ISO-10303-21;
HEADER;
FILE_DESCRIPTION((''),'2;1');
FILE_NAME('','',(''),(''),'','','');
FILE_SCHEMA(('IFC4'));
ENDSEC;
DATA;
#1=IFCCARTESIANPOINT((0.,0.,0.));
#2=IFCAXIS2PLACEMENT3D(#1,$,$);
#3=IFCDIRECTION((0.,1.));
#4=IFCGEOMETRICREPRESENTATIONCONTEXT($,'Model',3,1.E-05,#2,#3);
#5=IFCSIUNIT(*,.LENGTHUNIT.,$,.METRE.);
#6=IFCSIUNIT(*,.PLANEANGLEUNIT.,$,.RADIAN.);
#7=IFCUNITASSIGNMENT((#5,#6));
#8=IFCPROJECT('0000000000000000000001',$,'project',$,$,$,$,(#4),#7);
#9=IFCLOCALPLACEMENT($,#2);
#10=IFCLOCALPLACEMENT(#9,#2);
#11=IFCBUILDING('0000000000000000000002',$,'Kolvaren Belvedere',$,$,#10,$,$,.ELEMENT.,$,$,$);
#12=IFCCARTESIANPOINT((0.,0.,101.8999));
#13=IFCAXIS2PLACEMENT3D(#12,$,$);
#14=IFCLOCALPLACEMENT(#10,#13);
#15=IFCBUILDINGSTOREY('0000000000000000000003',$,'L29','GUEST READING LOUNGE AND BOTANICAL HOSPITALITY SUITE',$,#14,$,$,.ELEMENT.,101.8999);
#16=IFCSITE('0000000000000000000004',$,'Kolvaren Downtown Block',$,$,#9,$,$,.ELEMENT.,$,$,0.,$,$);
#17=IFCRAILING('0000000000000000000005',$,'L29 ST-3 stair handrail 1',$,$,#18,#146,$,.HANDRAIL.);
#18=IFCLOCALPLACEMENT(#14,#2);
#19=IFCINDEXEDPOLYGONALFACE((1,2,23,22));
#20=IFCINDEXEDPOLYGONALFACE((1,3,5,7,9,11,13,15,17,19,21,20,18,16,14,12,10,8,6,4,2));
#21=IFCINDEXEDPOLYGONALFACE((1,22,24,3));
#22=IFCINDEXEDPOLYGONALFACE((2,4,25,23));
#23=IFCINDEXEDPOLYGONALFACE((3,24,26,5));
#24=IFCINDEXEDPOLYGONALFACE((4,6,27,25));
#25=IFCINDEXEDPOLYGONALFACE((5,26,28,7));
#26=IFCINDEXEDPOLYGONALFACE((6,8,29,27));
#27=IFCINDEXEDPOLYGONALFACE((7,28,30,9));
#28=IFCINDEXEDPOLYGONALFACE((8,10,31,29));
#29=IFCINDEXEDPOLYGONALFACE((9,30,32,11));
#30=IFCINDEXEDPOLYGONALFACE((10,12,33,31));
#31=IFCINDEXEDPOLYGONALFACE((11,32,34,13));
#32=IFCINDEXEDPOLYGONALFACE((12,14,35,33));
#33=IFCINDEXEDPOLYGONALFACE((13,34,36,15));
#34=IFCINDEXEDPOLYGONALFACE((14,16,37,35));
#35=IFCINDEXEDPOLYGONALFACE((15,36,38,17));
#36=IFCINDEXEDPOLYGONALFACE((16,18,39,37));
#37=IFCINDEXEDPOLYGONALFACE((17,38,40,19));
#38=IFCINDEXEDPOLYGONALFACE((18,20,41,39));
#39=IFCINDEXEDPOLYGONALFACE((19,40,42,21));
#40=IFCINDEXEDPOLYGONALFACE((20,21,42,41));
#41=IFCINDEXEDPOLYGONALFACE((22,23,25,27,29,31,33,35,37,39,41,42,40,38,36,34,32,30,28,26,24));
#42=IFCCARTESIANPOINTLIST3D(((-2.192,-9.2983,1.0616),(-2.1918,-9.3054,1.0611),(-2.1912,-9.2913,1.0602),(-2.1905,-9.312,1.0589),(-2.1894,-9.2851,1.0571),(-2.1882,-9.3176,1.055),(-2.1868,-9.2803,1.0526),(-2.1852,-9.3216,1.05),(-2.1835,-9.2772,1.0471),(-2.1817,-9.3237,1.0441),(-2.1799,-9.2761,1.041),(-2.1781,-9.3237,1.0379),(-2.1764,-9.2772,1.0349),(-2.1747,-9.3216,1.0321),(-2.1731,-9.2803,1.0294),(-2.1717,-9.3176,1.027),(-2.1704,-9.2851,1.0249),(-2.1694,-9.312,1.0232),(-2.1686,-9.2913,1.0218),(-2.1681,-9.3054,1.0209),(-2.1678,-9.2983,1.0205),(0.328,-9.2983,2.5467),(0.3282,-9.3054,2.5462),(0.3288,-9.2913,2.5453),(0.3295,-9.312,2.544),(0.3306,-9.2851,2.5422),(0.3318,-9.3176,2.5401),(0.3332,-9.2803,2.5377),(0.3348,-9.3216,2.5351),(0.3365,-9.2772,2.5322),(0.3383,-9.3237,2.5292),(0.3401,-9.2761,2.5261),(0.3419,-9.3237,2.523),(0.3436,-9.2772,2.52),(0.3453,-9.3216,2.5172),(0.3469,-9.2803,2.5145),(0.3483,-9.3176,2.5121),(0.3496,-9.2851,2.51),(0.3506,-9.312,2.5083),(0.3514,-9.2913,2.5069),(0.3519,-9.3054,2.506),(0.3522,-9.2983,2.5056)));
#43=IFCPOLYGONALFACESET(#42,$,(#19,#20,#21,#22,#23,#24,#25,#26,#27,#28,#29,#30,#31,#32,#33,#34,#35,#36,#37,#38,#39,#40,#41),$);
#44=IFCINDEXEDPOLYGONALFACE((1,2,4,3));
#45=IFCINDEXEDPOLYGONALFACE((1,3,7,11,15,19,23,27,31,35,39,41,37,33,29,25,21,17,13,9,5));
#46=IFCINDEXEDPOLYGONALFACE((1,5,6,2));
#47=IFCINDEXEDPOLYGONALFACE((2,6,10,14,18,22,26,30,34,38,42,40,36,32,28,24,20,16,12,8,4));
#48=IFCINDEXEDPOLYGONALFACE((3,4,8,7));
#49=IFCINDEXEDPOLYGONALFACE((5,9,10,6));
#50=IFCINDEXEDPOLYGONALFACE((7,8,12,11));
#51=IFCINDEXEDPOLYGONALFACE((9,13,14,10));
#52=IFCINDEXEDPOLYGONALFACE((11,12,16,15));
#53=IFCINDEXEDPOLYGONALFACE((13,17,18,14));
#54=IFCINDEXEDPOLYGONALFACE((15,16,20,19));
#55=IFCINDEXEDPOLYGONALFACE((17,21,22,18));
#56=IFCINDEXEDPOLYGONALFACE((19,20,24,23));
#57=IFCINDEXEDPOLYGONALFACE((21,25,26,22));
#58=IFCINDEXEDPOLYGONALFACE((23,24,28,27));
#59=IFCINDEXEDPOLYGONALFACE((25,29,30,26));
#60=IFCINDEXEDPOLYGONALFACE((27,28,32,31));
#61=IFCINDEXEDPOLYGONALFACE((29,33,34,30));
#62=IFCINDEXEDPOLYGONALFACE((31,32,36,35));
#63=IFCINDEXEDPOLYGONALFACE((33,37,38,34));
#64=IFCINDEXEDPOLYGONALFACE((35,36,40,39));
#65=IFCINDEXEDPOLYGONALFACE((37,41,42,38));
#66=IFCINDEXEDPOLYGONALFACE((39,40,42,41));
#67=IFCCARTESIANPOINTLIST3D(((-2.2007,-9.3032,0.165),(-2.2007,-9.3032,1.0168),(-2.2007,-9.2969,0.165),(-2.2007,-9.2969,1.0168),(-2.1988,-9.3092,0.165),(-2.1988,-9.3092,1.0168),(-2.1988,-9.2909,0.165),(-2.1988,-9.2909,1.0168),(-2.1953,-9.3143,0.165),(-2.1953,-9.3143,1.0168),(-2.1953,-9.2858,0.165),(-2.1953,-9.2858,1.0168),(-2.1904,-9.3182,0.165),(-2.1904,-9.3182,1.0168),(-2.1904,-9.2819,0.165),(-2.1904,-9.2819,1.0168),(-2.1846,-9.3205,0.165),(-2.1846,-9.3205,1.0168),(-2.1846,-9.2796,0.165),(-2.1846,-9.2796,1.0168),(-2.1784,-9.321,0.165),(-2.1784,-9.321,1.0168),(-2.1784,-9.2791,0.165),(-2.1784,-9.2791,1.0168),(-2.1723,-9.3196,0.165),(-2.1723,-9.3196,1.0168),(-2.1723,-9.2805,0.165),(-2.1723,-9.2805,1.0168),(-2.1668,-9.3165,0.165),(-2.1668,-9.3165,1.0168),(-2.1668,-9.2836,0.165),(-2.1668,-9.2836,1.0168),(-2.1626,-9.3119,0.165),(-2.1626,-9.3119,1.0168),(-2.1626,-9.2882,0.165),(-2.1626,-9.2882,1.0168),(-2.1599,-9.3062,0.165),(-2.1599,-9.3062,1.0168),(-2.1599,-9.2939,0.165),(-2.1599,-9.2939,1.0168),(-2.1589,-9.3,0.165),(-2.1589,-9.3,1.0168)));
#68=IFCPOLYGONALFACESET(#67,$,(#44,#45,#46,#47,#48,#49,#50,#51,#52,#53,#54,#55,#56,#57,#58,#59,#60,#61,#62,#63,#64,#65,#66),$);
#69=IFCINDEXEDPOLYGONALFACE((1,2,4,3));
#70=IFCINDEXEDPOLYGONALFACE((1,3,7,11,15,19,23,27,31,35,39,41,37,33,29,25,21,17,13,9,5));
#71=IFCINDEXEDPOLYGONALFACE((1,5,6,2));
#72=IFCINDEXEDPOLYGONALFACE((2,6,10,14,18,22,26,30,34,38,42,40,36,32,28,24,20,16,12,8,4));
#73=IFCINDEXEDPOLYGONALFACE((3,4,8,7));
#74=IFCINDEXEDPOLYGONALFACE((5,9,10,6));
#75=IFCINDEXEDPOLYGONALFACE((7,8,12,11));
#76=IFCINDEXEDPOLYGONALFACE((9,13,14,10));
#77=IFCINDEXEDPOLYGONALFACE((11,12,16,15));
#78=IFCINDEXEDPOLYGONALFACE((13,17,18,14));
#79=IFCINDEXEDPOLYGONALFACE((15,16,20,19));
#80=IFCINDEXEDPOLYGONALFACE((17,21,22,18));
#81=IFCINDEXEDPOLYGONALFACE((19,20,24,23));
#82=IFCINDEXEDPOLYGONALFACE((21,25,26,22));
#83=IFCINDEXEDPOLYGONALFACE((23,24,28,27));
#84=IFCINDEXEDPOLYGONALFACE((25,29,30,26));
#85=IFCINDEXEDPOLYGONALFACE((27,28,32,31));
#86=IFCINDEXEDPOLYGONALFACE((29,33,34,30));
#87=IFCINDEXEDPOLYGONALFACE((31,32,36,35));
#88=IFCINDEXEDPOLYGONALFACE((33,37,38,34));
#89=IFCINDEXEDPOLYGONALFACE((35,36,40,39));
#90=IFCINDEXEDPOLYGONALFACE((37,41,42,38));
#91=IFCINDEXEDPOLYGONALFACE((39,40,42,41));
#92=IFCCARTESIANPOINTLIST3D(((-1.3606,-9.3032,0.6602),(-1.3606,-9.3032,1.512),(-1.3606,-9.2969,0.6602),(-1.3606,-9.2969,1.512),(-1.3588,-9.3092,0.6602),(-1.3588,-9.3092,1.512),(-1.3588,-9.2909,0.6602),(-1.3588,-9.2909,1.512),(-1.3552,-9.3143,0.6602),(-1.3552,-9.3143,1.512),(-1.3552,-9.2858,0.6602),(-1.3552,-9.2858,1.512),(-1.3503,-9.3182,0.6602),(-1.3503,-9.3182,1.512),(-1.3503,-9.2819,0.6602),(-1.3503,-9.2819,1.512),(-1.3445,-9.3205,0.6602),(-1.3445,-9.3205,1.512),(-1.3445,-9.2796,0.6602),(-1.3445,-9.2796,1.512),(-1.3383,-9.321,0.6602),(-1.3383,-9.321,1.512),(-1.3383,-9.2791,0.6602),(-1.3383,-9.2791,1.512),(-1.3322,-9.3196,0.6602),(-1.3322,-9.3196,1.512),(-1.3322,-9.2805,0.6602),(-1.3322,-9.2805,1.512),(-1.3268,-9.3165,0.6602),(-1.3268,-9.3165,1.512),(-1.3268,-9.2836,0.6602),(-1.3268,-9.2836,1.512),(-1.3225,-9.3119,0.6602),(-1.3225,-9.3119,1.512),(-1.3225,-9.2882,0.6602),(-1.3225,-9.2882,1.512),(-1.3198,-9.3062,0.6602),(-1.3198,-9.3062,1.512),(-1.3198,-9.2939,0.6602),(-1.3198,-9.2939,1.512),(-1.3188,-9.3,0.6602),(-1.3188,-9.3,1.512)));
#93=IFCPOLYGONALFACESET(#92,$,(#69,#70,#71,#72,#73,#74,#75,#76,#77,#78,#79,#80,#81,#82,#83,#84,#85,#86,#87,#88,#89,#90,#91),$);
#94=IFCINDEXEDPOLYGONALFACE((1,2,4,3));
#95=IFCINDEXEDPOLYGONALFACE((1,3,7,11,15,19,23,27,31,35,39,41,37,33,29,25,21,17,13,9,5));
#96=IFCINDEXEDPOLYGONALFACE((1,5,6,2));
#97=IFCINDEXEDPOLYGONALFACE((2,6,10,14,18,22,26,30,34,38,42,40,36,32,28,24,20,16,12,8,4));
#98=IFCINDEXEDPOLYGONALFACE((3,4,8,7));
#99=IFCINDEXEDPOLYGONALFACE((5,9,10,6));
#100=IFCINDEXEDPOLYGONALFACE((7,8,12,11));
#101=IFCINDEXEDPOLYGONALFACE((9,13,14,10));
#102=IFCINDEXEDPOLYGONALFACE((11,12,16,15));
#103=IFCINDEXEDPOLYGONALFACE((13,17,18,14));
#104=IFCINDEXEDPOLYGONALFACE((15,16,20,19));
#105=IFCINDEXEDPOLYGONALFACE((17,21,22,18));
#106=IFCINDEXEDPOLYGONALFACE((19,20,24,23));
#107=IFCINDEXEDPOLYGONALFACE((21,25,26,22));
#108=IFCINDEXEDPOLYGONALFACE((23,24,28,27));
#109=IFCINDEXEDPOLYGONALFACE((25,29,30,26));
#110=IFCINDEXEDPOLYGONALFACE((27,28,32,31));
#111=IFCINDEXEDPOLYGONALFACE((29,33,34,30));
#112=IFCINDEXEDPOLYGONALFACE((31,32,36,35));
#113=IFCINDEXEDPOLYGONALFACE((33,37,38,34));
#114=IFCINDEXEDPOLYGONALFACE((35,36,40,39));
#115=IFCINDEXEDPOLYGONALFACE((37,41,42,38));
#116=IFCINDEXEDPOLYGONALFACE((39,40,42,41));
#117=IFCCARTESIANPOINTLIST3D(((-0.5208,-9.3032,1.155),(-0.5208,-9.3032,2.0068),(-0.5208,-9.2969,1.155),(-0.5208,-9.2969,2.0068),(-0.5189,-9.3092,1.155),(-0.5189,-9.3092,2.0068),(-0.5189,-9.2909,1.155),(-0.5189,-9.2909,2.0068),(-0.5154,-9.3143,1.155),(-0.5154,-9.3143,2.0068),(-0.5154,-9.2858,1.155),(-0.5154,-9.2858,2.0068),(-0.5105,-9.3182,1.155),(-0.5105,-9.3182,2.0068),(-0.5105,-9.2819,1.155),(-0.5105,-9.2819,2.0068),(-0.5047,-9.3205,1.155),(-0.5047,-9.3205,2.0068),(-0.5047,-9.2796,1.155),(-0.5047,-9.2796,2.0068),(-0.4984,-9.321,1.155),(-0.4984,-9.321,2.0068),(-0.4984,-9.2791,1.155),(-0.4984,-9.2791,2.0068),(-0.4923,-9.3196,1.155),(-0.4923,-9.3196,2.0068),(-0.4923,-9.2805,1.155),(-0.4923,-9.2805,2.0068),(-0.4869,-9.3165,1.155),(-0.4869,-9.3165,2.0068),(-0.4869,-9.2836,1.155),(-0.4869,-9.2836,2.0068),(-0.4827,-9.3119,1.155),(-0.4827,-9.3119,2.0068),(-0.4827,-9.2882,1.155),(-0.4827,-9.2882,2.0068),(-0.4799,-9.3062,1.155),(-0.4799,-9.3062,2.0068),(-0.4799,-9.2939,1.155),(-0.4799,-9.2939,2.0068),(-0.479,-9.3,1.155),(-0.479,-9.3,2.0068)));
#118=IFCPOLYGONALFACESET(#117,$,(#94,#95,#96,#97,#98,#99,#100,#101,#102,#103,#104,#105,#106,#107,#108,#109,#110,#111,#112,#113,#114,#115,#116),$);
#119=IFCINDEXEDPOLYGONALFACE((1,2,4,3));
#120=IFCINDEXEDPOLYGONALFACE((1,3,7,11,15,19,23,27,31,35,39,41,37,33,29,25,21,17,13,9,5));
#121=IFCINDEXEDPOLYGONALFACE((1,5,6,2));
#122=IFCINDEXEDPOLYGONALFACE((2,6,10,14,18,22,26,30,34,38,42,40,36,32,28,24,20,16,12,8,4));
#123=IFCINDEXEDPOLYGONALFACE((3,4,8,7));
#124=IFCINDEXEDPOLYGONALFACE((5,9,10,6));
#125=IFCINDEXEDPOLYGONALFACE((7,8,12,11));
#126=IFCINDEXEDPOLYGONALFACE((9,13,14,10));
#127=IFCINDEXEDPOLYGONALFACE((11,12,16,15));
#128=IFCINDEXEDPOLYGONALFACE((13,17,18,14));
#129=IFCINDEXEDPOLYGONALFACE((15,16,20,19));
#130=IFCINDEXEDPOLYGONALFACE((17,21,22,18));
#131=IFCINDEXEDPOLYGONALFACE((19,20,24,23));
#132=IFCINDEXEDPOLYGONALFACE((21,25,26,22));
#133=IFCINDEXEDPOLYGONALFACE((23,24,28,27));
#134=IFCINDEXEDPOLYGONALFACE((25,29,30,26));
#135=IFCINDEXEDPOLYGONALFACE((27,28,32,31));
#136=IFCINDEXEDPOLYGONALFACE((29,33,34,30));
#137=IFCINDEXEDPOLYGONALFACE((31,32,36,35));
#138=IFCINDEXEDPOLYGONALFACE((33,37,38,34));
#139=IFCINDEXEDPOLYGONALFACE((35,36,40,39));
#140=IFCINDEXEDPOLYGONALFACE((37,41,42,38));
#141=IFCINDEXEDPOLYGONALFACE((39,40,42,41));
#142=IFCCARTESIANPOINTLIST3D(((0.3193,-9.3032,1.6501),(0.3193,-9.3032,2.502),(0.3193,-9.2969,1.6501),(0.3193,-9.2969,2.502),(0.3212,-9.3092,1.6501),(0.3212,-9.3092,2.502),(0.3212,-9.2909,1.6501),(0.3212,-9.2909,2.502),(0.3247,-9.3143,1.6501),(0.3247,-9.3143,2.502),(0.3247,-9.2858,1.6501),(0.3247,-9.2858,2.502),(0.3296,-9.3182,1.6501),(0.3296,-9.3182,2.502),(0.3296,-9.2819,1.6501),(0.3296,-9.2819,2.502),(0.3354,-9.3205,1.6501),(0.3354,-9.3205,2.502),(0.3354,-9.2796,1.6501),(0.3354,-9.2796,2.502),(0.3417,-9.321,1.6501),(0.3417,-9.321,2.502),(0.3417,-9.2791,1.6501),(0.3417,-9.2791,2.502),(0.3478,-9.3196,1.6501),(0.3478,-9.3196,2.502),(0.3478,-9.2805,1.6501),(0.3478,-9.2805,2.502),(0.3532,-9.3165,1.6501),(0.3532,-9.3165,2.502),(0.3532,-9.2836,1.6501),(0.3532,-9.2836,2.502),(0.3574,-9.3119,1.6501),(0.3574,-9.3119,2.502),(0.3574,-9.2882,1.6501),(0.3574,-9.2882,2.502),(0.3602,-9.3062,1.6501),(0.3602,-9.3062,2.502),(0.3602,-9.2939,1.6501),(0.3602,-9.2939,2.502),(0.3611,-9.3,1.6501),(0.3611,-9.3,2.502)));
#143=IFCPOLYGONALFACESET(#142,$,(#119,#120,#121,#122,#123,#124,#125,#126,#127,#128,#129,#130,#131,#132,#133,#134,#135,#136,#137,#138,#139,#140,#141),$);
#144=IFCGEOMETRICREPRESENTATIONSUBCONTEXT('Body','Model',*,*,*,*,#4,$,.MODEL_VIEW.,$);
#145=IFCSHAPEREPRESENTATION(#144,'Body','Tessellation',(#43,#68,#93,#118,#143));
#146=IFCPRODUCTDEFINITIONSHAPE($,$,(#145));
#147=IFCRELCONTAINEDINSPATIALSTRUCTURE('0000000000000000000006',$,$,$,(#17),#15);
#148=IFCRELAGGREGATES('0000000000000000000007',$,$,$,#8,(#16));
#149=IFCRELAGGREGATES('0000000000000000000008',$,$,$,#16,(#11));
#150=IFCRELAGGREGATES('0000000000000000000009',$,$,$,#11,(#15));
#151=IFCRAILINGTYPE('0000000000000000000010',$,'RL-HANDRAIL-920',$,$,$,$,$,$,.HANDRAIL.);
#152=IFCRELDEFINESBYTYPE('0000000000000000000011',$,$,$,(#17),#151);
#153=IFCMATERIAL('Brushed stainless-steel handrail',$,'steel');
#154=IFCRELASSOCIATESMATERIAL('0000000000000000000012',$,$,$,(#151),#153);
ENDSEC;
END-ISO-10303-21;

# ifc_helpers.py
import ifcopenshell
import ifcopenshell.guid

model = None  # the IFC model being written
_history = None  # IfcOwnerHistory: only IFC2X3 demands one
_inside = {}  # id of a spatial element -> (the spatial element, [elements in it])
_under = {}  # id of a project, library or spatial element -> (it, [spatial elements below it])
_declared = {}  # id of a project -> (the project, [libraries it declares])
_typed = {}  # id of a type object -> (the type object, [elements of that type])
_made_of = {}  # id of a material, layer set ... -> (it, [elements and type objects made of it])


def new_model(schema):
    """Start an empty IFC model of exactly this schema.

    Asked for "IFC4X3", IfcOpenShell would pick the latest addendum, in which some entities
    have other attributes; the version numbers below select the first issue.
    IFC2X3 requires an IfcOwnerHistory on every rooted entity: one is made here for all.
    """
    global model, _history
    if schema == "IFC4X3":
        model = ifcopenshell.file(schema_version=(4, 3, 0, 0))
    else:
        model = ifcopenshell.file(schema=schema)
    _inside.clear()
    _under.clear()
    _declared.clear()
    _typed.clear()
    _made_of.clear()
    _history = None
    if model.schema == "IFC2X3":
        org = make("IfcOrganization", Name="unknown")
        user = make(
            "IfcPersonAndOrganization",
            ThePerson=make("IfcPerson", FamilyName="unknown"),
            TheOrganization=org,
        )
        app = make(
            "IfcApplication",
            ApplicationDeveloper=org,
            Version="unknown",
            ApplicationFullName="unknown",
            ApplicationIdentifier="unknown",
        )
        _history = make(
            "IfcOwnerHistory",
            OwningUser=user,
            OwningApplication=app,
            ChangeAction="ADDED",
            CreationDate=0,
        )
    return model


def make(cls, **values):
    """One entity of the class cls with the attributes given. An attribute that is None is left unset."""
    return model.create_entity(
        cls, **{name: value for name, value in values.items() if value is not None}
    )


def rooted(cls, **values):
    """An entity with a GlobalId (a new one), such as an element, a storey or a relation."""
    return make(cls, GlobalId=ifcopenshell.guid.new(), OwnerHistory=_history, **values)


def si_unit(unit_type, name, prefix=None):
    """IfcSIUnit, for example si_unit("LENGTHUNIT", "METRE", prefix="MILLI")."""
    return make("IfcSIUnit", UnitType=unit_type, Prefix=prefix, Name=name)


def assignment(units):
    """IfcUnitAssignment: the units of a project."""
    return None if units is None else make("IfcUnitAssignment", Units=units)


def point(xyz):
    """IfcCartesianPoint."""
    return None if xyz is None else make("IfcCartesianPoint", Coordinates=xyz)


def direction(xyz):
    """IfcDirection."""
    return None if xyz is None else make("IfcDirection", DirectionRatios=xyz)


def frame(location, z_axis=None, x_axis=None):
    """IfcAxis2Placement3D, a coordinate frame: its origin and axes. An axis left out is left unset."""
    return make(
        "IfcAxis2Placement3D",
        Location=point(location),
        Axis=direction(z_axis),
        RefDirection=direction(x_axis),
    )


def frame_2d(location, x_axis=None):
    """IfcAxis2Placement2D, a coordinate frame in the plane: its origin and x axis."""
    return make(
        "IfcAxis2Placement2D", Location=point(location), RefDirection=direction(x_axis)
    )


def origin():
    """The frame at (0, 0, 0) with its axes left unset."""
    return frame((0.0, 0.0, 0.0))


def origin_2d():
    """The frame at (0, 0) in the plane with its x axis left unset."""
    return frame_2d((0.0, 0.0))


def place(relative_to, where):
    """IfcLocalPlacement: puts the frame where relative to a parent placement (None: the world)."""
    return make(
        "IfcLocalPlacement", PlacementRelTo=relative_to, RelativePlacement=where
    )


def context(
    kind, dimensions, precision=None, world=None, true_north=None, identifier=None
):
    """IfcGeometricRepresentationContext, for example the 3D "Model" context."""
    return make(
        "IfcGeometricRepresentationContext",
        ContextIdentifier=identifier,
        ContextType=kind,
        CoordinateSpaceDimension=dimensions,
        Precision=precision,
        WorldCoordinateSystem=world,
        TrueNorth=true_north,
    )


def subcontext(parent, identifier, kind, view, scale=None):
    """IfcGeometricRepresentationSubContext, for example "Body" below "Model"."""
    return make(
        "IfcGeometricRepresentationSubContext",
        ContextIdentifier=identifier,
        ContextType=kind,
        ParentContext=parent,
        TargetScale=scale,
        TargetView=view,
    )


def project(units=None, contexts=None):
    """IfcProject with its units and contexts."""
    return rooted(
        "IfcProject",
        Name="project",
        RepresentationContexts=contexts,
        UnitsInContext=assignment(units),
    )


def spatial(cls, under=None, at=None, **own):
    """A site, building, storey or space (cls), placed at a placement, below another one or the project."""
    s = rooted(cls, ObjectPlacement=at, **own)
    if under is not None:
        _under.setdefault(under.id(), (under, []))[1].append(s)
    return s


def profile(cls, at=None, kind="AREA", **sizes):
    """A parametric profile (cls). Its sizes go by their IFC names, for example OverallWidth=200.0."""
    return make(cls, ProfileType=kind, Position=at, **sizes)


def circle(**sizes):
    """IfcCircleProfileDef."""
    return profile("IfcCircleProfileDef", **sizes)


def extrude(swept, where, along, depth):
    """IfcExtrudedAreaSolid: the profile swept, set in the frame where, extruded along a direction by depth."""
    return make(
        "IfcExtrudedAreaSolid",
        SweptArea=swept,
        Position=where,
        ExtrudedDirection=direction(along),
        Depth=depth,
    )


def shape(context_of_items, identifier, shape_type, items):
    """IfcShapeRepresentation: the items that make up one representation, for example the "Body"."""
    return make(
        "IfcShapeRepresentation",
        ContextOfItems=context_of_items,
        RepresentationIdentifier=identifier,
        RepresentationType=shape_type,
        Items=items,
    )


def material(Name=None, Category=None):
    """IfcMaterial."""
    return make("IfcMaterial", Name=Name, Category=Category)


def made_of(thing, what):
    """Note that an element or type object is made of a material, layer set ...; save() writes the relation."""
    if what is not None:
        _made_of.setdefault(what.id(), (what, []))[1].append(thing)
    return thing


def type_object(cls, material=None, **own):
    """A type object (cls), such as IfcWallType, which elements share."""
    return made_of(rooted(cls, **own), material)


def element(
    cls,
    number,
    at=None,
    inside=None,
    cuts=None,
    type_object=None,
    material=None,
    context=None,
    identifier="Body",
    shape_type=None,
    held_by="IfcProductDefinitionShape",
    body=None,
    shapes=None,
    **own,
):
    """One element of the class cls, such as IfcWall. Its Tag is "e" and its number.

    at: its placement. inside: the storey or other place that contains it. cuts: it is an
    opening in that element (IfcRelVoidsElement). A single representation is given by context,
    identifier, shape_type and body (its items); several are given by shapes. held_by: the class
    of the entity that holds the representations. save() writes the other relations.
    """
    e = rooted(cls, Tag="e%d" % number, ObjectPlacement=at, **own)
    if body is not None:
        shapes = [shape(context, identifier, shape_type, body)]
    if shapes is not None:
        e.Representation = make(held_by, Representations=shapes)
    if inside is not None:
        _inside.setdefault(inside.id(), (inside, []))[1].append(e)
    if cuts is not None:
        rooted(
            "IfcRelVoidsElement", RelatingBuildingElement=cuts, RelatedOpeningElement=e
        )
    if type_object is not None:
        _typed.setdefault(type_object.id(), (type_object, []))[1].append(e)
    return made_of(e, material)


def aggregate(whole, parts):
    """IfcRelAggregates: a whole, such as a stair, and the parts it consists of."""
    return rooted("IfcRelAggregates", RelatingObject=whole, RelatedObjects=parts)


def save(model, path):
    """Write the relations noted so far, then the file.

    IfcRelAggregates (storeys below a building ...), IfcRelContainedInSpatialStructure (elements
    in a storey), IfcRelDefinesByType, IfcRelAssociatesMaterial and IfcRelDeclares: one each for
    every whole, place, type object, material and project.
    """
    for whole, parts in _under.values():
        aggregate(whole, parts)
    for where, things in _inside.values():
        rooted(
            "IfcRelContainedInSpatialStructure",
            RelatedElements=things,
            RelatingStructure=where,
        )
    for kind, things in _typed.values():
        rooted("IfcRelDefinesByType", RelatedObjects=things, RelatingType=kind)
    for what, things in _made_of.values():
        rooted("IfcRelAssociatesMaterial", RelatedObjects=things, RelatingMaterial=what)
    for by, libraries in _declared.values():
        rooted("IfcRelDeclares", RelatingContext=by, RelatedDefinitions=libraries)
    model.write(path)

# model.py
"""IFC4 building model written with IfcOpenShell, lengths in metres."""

from ifc_helpers import new_model, si_unit, direction, frame, origin, origin_2d, place, context, subcontext, project, spatial, circle, extrude, material, type_object, element, save


model = new_model("IFC4")

# Units and contexts
model_context = context("Model", 3, precision=1e-05, world=origin(), true_north=direction((0.0, 1.0)))
body_context = subcontext(model_context, "Body", "Model", "MODEL_VIEW")
ifc_project = project(units=[si_unit("LENGTHUNIT", "METRE"), si_unit("PLANEANGLEUNIT", "RADIAN")], contexts=[model_context])

# Site, building, storey
site_placement = place(None, origin())
site = spatial("IfcSite", under=ifc_project, at=site_placement, Name="Kolvaren Downtown Block", CompositionType="ELEMENT", RefElevation=0.0)
building_placement = place(site_placement, origin())
building = spatial("IfcBuilding", under=site, at=building_placement, Name="Kolvaren Belvedere", CompositionType="ELEMENT")
storey_placement = place(building_placement, frame((0.0, 0.0, 101.8999)))
storey = spatial("IfcBuildingStorey", under=building, at=storey_placement, Name="L29", Description="GUEST READING LOUNGE AND BOTANICAL HOSPITALITY SUITE", CompositionType="ELEMENT", Elevation=101.8999)

# Railing
ifc_material_1 = material(Name="Brushed stainless-steel handrail", Category="steel")
railing_type_1 = type_object("IfcRailingType", Name="RL-HANDRAIL-920", PredefinedType="HANDRAIL", material=ifc_material_1)
railing_1_placement = place(storey_placement, frame((-2.1799, -9.3, 0.165)))
element("IfcRailing", 1, at=railing_1_placement, inside=storey, type_object=railing_type_1, Name="L29 ST-3 stair handrail 1", PredefinedType="HANDRAIL", context=body_context, shape_type="SweptSolid", body=[
    extrude(circle(Radius=0.0239, at=origin_2d()), frame((0.0, 0.0, 0.876), z_axis=(0.861524, 0.0, 0.507717), x_axis=(0.0, 1.0, 0.0)), (0.0, 0.0, 1.0), 2.925),
    extrude(circle(Radius=0.021, at=origin_2d()), origin(), (0.0, 0.0, 1.0), 0.8518),
    extrude(circle(Radius=0.021, at=origin_2d()), frame((0.8401, 0.0, 0.4951)), (0.0, 0.0, 1.0), 0.8518),
    extrude(circle(Radius=0.021, at=origin_2d()), frame((1.6799, 0.0, 0.99)), (0.0, 0.0, 1.0), 0.8518),
    extrude(circle(Radius=0.021, at=origin_2d()), frame((2.52, 0.0, 1.4851)), (0.0, 0.0, 1.0), 0.8518),
])

save(model, "model.ifc")
